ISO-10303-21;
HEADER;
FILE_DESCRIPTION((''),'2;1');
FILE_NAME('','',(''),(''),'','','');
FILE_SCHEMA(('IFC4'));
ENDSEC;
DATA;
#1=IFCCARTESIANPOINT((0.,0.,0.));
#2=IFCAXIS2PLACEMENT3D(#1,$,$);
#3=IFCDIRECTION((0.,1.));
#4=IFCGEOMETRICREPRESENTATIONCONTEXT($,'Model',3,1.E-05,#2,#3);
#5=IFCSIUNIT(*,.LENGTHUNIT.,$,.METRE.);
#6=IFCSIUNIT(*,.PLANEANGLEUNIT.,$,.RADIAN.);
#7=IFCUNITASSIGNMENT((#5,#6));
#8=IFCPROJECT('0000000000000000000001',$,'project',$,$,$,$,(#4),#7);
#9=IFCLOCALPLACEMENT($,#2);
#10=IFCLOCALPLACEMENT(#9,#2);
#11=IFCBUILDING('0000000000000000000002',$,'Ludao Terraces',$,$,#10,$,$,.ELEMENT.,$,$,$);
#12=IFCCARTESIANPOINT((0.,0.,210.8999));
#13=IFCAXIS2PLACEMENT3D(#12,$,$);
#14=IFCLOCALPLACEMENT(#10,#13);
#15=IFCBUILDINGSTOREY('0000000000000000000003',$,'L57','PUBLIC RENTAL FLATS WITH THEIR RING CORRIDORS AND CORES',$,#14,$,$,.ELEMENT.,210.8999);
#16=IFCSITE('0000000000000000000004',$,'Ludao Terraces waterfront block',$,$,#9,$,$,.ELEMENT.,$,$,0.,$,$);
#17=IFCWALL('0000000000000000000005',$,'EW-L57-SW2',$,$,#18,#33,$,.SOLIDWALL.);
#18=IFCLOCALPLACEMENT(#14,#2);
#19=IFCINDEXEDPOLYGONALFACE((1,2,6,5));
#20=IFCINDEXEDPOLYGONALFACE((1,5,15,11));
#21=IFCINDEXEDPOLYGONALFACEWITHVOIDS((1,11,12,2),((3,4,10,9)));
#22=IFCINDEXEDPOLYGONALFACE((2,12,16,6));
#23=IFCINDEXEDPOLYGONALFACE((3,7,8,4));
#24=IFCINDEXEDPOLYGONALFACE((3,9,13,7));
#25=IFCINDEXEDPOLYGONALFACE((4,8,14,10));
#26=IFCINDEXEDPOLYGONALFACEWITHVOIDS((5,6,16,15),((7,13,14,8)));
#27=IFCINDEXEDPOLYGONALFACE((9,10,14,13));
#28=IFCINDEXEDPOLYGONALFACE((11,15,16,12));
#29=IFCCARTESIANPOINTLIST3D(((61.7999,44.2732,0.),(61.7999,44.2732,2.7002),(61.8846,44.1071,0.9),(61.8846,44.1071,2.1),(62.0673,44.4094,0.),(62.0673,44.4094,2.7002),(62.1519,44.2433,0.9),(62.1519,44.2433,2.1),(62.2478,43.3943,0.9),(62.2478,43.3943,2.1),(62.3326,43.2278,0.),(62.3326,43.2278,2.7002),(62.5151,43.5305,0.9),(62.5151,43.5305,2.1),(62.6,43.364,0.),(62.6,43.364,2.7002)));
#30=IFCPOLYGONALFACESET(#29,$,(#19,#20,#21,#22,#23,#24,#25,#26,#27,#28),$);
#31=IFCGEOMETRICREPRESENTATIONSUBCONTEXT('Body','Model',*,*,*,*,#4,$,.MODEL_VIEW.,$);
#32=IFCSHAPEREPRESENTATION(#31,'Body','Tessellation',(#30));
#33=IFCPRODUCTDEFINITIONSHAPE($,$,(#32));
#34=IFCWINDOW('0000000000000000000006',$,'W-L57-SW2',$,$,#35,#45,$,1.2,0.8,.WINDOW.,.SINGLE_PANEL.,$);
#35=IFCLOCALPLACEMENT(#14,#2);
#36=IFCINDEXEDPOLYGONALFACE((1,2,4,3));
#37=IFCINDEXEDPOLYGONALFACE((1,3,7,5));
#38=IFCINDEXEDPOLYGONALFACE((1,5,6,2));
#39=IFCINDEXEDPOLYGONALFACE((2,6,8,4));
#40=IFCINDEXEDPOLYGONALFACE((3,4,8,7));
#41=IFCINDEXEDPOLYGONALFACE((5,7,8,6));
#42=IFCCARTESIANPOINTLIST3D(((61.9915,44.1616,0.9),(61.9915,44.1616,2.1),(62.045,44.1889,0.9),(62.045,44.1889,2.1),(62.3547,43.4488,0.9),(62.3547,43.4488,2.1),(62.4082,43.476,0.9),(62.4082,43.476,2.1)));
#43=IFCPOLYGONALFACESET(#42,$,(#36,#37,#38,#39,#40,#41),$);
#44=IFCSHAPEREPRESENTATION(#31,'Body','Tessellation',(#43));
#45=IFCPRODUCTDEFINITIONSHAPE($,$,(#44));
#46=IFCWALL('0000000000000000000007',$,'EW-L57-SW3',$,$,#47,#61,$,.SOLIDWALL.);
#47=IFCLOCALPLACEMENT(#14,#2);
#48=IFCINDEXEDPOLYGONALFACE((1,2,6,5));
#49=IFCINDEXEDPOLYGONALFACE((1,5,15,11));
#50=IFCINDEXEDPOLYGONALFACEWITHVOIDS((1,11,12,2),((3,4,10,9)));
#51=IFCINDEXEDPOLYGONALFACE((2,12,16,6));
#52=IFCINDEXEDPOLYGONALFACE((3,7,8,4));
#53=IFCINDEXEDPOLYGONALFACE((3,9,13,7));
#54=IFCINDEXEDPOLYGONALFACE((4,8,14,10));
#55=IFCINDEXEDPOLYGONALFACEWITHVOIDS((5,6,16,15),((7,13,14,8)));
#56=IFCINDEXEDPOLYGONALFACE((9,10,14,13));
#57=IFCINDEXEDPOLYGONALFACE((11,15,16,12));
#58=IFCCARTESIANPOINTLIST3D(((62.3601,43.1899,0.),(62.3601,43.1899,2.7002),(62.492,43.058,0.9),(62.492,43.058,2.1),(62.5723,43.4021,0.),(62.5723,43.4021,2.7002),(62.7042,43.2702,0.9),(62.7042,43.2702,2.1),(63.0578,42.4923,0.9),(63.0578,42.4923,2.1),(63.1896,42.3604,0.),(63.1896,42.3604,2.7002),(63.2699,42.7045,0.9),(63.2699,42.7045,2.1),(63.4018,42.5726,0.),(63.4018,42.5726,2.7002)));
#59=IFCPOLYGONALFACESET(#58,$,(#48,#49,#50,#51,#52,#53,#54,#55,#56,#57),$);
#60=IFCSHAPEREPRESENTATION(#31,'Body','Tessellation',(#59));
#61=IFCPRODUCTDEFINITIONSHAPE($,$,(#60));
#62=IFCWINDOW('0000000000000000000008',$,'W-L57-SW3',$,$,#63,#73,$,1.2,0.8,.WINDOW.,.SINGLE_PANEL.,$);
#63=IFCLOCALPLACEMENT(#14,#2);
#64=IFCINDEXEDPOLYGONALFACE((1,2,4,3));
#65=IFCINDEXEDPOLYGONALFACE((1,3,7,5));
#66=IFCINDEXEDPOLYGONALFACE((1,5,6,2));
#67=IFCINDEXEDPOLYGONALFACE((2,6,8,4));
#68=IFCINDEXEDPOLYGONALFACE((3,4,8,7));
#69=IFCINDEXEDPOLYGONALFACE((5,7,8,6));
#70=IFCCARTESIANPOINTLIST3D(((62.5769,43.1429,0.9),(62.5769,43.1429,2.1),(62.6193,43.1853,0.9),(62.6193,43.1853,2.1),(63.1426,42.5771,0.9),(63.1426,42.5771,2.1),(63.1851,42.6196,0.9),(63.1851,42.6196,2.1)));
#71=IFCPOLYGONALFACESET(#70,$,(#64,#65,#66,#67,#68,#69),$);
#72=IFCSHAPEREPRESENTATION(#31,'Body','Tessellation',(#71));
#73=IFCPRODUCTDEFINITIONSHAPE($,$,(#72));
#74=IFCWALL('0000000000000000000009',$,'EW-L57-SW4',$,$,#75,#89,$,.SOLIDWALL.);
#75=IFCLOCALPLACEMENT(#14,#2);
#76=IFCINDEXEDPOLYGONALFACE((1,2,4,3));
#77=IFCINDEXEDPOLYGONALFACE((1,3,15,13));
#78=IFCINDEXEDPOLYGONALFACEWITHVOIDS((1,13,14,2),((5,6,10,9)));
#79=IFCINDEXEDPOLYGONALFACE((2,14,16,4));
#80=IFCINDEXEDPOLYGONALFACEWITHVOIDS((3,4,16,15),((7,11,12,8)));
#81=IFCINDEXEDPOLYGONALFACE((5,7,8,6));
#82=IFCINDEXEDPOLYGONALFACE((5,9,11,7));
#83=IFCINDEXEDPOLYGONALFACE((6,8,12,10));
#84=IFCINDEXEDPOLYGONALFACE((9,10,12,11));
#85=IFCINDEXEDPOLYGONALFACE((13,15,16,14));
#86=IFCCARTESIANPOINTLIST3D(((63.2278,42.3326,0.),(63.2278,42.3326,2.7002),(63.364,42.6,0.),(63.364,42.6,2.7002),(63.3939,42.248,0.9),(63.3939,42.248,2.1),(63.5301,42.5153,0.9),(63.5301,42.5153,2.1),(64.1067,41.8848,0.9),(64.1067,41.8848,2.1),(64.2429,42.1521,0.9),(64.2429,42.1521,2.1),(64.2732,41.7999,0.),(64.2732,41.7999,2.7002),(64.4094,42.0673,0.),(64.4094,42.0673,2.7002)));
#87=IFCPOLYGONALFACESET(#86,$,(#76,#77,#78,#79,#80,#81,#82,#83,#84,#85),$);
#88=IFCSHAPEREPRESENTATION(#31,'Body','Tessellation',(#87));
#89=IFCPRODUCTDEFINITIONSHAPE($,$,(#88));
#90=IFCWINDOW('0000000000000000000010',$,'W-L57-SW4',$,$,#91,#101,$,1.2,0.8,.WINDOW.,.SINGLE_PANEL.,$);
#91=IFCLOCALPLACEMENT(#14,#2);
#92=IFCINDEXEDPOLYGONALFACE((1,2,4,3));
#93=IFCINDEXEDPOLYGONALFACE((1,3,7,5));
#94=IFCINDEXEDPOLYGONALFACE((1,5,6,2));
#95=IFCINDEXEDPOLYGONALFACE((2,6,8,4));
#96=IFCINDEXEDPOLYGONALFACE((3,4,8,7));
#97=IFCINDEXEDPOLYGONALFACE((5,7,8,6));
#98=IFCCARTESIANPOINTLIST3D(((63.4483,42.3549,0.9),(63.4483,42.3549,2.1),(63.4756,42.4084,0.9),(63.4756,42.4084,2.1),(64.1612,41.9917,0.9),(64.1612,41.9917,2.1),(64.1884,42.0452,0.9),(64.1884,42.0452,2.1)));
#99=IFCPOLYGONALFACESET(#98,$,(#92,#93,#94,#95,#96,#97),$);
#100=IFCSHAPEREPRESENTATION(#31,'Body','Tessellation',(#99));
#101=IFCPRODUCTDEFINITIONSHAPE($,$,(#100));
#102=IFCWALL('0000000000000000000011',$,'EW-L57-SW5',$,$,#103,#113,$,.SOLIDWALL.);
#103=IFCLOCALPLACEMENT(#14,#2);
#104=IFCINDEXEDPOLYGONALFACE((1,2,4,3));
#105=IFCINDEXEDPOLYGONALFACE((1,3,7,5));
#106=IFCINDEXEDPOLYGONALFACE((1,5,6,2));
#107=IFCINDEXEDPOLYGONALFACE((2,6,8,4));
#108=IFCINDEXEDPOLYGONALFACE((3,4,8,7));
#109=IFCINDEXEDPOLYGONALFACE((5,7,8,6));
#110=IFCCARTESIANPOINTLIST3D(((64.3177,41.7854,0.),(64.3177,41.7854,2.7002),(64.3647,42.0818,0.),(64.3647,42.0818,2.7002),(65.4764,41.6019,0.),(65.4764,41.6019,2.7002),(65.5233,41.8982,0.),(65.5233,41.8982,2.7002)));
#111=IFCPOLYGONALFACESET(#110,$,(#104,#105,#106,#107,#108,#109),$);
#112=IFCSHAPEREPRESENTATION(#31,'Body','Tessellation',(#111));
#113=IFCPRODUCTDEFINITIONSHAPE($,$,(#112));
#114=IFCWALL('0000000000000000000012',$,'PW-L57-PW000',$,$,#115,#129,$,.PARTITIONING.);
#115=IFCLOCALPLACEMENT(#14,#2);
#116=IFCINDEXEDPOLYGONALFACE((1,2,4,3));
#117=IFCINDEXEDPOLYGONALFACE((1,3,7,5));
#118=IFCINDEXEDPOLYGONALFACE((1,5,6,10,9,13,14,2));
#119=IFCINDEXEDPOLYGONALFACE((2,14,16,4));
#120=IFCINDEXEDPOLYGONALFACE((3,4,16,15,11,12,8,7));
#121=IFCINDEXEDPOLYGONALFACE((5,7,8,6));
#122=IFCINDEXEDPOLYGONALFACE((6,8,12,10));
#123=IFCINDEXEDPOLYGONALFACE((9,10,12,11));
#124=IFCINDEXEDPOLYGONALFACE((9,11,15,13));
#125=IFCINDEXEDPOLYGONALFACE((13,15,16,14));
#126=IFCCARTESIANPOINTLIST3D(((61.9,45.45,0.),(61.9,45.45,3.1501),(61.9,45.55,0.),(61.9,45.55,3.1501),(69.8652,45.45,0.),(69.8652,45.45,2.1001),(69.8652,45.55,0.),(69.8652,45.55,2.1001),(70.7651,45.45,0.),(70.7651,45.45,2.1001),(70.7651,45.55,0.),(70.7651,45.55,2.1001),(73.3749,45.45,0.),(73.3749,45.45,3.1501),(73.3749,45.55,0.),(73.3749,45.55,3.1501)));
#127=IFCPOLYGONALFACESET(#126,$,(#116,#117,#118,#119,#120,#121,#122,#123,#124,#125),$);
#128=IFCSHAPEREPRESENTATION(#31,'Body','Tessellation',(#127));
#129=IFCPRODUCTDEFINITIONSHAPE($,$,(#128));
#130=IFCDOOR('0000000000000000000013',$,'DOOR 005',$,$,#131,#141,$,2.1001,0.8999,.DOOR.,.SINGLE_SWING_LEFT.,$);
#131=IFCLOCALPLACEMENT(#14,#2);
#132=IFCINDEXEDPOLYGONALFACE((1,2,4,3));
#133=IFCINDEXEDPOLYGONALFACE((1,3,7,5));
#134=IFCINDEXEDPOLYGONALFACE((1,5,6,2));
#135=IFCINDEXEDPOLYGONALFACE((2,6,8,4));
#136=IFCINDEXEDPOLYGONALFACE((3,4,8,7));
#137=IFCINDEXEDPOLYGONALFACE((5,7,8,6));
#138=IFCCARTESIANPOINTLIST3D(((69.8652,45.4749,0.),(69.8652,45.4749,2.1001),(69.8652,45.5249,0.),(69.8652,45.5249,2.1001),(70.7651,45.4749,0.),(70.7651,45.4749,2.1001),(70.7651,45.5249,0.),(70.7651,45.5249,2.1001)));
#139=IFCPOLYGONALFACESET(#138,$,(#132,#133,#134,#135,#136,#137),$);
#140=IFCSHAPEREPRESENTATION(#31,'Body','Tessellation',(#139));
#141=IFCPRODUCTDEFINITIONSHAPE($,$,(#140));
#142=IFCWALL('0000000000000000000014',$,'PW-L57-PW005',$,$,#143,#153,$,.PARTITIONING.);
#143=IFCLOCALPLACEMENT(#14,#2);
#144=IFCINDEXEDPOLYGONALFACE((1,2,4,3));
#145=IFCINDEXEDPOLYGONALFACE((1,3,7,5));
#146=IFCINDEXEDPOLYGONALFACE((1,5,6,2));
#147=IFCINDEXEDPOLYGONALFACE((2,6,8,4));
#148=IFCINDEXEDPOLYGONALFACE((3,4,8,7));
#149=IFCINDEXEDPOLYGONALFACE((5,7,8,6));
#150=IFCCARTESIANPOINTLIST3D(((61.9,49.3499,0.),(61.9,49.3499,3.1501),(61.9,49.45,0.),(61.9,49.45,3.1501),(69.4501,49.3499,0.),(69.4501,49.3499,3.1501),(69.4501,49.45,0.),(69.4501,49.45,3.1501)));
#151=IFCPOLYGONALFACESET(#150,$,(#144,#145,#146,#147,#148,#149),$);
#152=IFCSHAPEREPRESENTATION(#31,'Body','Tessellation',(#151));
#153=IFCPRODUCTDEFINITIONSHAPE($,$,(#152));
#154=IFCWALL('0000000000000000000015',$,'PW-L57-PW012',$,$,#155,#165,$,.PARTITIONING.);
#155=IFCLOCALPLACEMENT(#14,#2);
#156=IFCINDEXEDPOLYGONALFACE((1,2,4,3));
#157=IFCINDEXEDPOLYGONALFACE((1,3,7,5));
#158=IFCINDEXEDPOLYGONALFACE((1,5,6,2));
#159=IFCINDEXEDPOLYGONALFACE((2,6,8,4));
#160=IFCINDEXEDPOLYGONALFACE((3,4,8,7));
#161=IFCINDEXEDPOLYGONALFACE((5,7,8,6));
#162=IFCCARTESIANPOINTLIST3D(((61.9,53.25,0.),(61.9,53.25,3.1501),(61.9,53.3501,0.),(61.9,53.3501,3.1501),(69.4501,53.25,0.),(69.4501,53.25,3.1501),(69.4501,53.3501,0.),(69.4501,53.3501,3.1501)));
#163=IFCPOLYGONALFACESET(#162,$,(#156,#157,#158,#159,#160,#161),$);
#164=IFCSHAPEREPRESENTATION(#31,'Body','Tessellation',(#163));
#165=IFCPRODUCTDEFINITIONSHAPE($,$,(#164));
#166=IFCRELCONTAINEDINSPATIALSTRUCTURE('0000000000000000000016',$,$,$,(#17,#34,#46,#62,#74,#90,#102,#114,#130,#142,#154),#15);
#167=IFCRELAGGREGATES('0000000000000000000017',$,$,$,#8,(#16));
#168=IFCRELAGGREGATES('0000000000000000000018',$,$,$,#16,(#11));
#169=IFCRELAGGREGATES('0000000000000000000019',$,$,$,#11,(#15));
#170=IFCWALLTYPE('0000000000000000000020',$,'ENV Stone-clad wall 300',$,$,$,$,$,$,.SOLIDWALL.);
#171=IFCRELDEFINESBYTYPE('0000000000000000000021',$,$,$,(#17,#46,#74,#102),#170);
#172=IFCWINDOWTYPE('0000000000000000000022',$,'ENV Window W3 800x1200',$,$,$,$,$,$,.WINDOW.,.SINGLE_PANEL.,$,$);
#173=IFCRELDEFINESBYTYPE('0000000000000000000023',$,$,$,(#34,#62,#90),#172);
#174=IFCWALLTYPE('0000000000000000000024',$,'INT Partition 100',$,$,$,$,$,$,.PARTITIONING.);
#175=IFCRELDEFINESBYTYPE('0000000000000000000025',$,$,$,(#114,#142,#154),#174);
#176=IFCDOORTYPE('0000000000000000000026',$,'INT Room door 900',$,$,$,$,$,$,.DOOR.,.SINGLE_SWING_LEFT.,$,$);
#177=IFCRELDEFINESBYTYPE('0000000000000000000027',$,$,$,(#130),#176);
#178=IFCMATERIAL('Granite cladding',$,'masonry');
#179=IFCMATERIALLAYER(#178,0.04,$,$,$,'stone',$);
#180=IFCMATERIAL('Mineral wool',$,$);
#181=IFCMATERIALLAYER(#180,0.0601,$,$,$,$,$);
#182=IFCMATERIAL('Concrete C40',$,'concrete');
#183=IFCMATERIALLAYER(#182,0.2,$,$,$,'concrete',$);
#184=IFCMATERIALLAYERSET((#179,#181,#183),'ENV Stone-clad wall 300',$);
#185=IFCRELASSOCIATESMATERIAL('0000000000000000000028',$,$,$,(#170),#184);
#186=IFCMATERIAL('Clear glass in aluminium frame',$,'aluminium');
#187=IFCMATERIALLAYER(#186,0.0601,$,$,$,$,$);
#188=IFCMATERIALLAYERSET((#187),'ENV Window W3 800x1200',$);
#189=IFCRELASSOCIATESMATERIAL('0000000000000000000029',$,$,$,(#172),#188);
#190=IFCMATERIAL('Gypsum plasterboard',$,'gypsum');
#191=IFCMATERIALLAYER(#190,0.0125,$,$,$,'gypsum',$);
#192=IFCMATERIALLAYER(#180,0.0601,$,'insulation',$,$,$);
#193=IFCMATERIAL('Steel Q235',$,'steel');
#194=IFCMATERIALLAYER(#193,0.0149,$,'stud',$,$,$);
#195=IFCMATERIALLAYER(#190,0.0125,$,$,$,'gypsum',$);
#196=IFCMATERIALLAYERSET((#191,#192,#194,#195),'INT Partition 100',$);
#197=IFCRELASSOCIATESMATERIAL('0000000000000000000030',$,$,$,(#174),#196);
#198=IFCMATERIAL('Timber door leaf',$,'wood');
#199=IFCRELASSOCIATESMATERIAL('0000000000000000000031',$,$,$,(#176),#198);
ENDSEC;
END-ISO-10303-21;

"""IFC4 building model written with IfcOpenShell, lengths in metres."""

from ifc_helpers import new_model, si_unit, direction, frame, frame_2d, origin, place, context, subcontext, project, spatial, rectangle, extrude, material, layer, layer_set, type_object, element, fill, save


model = new_model("IFC4")

# Units and contexts
model_context = context("Model", 3, precision=1e-05, world=origin(), true_north=direction((0.0, 1.0)))
body_context = subcontext(model_context, "Body", "Model", "MODEL_VIEW")
ifc_project = project(units=[si_unit("LENGTHUNIT", "METRE"), si_unit("PLANEANGLEUNIT", "RADIAN")], contexts=[model_context])

# Site, building, storey
site_placement = place(None, origin())
site = spatial("IfcSite", under=ifc_project, at=site_placement, Name="Ludao Terraces waterfront block", CompositionType="ELEMENT", RefElevation=0.0)
building_placement = place(site_placement, origin())
building = spatial("IfcBuilding", under=site, at=building_placement, Name="Ludao Terraces", CompositionType="ELEMENT")
storey_placement = place(building_placement, frame((0.0, 0.0, 210.8999)))
storey = spatial("IfcBuildingStorey", under=building, at=storey_placement, Name="L57", Description="PUBLIC RENTAL FLATS WITH THEIR RING CORRIDORS AND CORES", CompositionType="ELEMENT", Elevation=210.8999)

# Shared definitions
ifc_material_1 = material(Name="Concrete C40", Category="concrete")

# Shared definitions
ifc_material_2 = material(Name="Granite cladding", Category="masonry")
ifc_layer_1 = layer(ifc_material_2, 0.04, Category="stone")
ifc_material_3 = material(Name="Mineral wool")
ifc_layer_2 = layer(ifc_material_3, 0.0601)
ifc_layer_3 = layer(ifc_material_1, 0.2, Category="concrete")
ifc_layer_set_1 = layer_set([ifc_layer_1, ifc_layer_2, ifc_layer_3], Name="ENV Stone-clad wall 300")
wall_type_1 = type_object("IfcWallType", Name="ENV Stone-clad wall 300", PredefinedType="SOLIDWALL", material=ifc_layer_set_1)
ifc_material_4 = material(Name="Clear glass in aluminium frame", Category="aluminium")

# Walls, openings, windows
wall_1_placement = place(storey_placement, frame((61.9336, 44.3413, 0.0), z_axis=(0.0, 0.0, 1.0), x_axis=(0.454026, -0.890989, 0.0)))
wall_1 = element("IfcWall", 1, at=wall_1_placement, inside=storey, type_object=wall_type_1, Name="EW-L57-SW2", PredefinedType="SOLIDWALL", context=body_context, shape_type="SweptSolid", body=[
    extrude(rectangle(XDim=1.1733, YDim=0.3, at=frame_2d((0.5867, 0.0))), origin(), (0.0, 0.0, 1.0), 2.7002),
])
opening_1_placement = place(wall_1_placement, frame((0.1865, 0.0, 0.8999)))
opening_1 = element("IfcOpeningElement", 2, at=opening_1_placement, cuts=wall_1, PredefinedType="OPENING", context=body_context, shape_type="SweptSolid", body=[
    extrude(rectangle(XDim=0.8, YDim=1.2, at=frame_2d((0.3999, 0.6001))), frame((0.0, 0.1602, 0.0), z_axis=(0.0, -1.0, 0.0), x_axis=(1.0, 0.0, 0.0)), (0.0, 0.0, 1.0), 0.3201),
])
ifc_layer_4 = layer(ifc_material_4, 0.0601)
ifc_layer_set_2 = layer_set([ifc_layer_4], Name="ENV Window W3 800x1200")
window_type_1 = type_object("IfcWindowType", Name="ENV Window W3 800x1200", PartitioningType="SINGLE_PANEL", PredefinedType="WINDOW", material=ifc_layer_set_2)
window_1_placement = place(opening_1_placement, origin())
window_1 = element("IfcWindow", 3, at=window_1_placement, inside=storey, type_object=window_type_1, Name="W-L57-SW2", OverallHeight=1.2, OverallWidth=0.8, PartitioningType="SINGLE_PANEL", PredefinedType="WINDOW", context=body_context, shape_type="SweptSolid", body=[
    extrude(rectangle(XDim=0.8, YDim=1.2, at=frame_2d((0.3999, 0.6001))), frame((0.0, 0.03, 0.0), z_axis=(0.0, -1.0, 0.0), x_axis=(1.0, 0.0, 0.0)), (0.0, 0.0, 1.0), 0.0601),
])
fill(opening_1, window_1)
wall_2_placement = place(storey_placement, frame((62.4663, 43.2959, 0.0), z_axis=(0.0, 0.0, 1.0), x_axis=(0.707107, -0.707107, 0.0)))
wall_2 = element("IfcWall", 4, at=wall_2_placement, inside=storey, type_object=wall_type_1, Name="EW-L57-SW3", PredefinedType="SOLIDWALL", context=body_context, shape_type="SweptSolid", body=[
    extrude(rectangle(XDim=1.1731, YDim=0.3, at=frame_2d((0.5864, 0.0))), origin(), (0.0, 0.0, 1.0), 2.7002),
])
opening_2_placement = place(wall_2_placement, frame((0.1865, 0.0, 0.8999)))
opening_2 = element("IfcOpeningElement", 5, at=opening_2_placement, cuts=wall_2, PredefinedType="OPENING", context=body_context, shape_type="SweptSolid", body=[
    extrude(rectangle(XDim=0.8, YDim=1.2, at=frame_2d((0.3999, 0.6001))), frame((0.0, 0.1602, 0.0), z_axis=(0.0, -1.0, 0.0), x_axis=(1.0, 0.0, 0.0)), (0.0, 0.0, 1.0), 0.3201),
])
window_2_placement = place(opening_2_placement, origin())
window_2 = element("IfcWindow", 6, at=window_2_placement, inside=storey, type_object=window_type_1, Name="W-L57-SW3", OverallHeight=1.2, OverallWidth=0.8, PartitioningType="SINGLE_PANEL", PredefinedType="WINDOW", context=body_context, shape_type="SweptSolid", body=[
    extrude(rectangle(XDim=0.8, YDim=1.2, at=frame_2d((0.3999, 0.6001))), frame((0.0, 0.03, 0.0), z_axis=(0.0, -1.0, 0.0), x_axis=(1.0, 0.0, 0.0)), (0.0, 0.0, 1.0), 0.0601),
])
fill(opening_2, window_2)
wall_3_placement = place(storey_placement, frame((63.2959, 42.4663, 0.0), z_axis=(0.0, 0.0, 1.0), x_axis=(0.890989, -0.454026, 0.0)))
wall_3 = element("IfcWall", 7, at=wall_3_placement, inside=storey, type_object=wall_type_1, Name="EW-L57-SW4", PredefinedType="SOLIDWALL", context=body_context, shape_type="SweptSolid", body=[
    extrude(rectangle(XDim=1.1733, YDim=0.3, at=frame_2d((0.5867, 0.0))), origin(), (0.0, 0.0, 1.0), 2.7002),
])
opening_3_placement = place(wall_3_placement, frame((0.1865, 0.0, 0.8999)))
opening_3 = element("IfcOpeningElement", 8, at=opening_3_placement, cuts=wall_3, PredefinedType="OPENING", context=body_context, shape_type="SweptSolid", body=[
    extrude(rectangle(XDim=0.8, YDim=1.2, at=frame_2d((0.3999, 0.6001))), frame((0.0, 0.1602, 0.0), z_axis=(0.0, -1.0, 0.0), x_axis=(1.0, 0.0, 0.0)), (0.0, 0.0, 1.0), 0.3201),
])
window_3_placement = place(opening_3_placement, origin())
window_3 = element("IfcWindow", 9, at=window_3_placement, inside=storey, type_object=window_type_1, Name="W-L57-SW4", OverallHeight=1.2, OverallWidth=0.8, PartitioningType="SINGLE_PANEL", PredefinedType="WINDOW", context=body_context, shape_type="SweptSolid", body=[
    extrude(rectangle(XDim=0.8, YDim=1.2, at=frame_2d((0.3999, 0.6001))), frame((0.0, 0.03, 0.0), z_axis=(0.0, -1.0, 0.0), x_axis=(1.0, 0.0, 0.0)), (0.0, 0.0, 1.0), 0.0601),
])
fill(opening_3, window_3)

# Wall
wall_4_placement = place(storey_placement, frame((64.3413, 41.9336, 0.0), z_axis=(0.0, 0.0, 1.0), x_axis=(0.987678, -0.156497, 0.0)))
element("IfcWall", 10, at=wall_4_placement, inside=storey, type_object=wall_type_1, Name="EW-L57-SW5", PredefinedType="SOLIDWALL", context=body_context, shape_type="SweptSolid", body=[
    extrude(rectangle(XDim=1.1731, YDim=0.3, at=frame_2d((0.5864, 0.0))), origin(), (0.0, 0.0, 1.0), 2.7002),
])

# Wall, opening, door
ifc_material_5 = material(Name="Gypsum plasterboard", Category="gypsum")
ifc_layer_5 = layer(ifc_material_5, 0.0125, Category="gypsum")
ifc_layer_6 = layer(ifc_material_3, 0.0601, Name="insulation")
ifc_material_6 = material(Name="Steel Q235", Category="steel")
ifc_layer_7 = layer(ifc_material_6, 0.0149, Name="stud")
ifc_layer_8 = layer(ifc_material_5, 0.0125, Category="gypsum")
ifc_layer_set_3 = layer_set([ifc_layer_5, ifc_layer_6, ifc_layer_7, ifc_layer_8], Name="INT Partition 100")
wall_type_2 = type_object("IfcWallType", Name="INT Partition 100", PredefinedType="PARTITIONING", material=ifc_layer_set_3)
wall_5_placement = place(storey_placement, frame((61.9001, 45.5, 0.0), z_axis=(0.0, 0.0, 1.0), x_axis=(1.0, 0.0, 0.0)))
wall_5 = element("IfcWall", 11, at=wall_5_placement, inside=storey, type_object=wall_type_2, Name="PW-L57-PW000", PredefinedType="PARTITIONING", context=body_context, shape_type="SweptSolid", body=[
    extrude(rectangle(XDim=11.4749, YDim=0.1001, at=frame_2d((5.7373, 0.0))), origin(), (0.0, 0.0, 1.0), 3.1501),
])
opening_4_placement = place(wall_5_placement, frame((7.9651, 0.0, 0.0)))
opening_4 = element("IfcOpeningElement", 12, at=opening_4_placement, cuts=wall_5, PredefinedType="OPENING", context=body_context, shape_type="SweptSolid", body=[
    extrude(rectangle(XDim=0.8999, YDim=2.1001, at=frame_2d((0.45, 1.05))), frame((0.0, 0.0601, 0.0), z_axis=(0.0, -1.0, 0.0), x_axis=(1.0, 0.0, 0.0)), (0.0, 0.0, 1.0), 0.1201),
])
ifc_material_7 = material(Name="Timber door leaf", Category="wood")
door_type_1 = type_object("IfcDoorType", Name="INT Room door 900", OperationType="SINGLE_SWING_LEFT", PredefinedType="DOOR", material=ifc_material_7)
door_1_placement = place(opening_4_placement, origin())
door_1 = element("IfcDoor", 13, at=door_1_placement, inside=storey, type_object=door_type_1, Name="DOOR 005", OperationType="SINGLE_SWING_LEFT", OverallHeight=2.1001, OverallWidth=0.8999, PredefinedType="DOOR", context=body_context, shape_type="SweptSolid", body=[
    extrude(rectangle(XDim=0.8999, YDim=2.1001, at=frame_2d((0.45, 1.05))), frame((0.0, 0.0249, 0.0), z_axis=(0.0, -1.0, 0.0), x_axis=(1.0, 0.0, 0.0)), (0.0, 0.0, 1.0), 0.05),
])
fill(opening_4, door_1)

# Walls
for number, where, z_axis, x_axis, name in (
    (14, (61.9001, 49.3999, 0.0), (0.0, 0.0, 1.0), (1.0, 0.0, 0.0), "PW-L57-PW005"),
    (15, (61.9001, 53.3, 0.0), (0.0, 0.0, 1.0), (1.0, 0.0, 0.0), "PW-L57-PW012"),
):
    element("IfcWall", number, at=place(storey_placement, frame(where, z_axis=z_axis, x_axis=x_axis)), inside=storey, type_object=wall_type_2, Name=name, PredefinedType="PARTITIONING", context=body_context, shape_type="SweptSolid", body=[
        extrude(rectangle(XDim=7.55, YDim=0.1001, at=frame_2d((3.7749, 0.0))), origin(), (0.0, 0.0, 1.0), 3.1501),
    ])

save(model, "model.ifc")
